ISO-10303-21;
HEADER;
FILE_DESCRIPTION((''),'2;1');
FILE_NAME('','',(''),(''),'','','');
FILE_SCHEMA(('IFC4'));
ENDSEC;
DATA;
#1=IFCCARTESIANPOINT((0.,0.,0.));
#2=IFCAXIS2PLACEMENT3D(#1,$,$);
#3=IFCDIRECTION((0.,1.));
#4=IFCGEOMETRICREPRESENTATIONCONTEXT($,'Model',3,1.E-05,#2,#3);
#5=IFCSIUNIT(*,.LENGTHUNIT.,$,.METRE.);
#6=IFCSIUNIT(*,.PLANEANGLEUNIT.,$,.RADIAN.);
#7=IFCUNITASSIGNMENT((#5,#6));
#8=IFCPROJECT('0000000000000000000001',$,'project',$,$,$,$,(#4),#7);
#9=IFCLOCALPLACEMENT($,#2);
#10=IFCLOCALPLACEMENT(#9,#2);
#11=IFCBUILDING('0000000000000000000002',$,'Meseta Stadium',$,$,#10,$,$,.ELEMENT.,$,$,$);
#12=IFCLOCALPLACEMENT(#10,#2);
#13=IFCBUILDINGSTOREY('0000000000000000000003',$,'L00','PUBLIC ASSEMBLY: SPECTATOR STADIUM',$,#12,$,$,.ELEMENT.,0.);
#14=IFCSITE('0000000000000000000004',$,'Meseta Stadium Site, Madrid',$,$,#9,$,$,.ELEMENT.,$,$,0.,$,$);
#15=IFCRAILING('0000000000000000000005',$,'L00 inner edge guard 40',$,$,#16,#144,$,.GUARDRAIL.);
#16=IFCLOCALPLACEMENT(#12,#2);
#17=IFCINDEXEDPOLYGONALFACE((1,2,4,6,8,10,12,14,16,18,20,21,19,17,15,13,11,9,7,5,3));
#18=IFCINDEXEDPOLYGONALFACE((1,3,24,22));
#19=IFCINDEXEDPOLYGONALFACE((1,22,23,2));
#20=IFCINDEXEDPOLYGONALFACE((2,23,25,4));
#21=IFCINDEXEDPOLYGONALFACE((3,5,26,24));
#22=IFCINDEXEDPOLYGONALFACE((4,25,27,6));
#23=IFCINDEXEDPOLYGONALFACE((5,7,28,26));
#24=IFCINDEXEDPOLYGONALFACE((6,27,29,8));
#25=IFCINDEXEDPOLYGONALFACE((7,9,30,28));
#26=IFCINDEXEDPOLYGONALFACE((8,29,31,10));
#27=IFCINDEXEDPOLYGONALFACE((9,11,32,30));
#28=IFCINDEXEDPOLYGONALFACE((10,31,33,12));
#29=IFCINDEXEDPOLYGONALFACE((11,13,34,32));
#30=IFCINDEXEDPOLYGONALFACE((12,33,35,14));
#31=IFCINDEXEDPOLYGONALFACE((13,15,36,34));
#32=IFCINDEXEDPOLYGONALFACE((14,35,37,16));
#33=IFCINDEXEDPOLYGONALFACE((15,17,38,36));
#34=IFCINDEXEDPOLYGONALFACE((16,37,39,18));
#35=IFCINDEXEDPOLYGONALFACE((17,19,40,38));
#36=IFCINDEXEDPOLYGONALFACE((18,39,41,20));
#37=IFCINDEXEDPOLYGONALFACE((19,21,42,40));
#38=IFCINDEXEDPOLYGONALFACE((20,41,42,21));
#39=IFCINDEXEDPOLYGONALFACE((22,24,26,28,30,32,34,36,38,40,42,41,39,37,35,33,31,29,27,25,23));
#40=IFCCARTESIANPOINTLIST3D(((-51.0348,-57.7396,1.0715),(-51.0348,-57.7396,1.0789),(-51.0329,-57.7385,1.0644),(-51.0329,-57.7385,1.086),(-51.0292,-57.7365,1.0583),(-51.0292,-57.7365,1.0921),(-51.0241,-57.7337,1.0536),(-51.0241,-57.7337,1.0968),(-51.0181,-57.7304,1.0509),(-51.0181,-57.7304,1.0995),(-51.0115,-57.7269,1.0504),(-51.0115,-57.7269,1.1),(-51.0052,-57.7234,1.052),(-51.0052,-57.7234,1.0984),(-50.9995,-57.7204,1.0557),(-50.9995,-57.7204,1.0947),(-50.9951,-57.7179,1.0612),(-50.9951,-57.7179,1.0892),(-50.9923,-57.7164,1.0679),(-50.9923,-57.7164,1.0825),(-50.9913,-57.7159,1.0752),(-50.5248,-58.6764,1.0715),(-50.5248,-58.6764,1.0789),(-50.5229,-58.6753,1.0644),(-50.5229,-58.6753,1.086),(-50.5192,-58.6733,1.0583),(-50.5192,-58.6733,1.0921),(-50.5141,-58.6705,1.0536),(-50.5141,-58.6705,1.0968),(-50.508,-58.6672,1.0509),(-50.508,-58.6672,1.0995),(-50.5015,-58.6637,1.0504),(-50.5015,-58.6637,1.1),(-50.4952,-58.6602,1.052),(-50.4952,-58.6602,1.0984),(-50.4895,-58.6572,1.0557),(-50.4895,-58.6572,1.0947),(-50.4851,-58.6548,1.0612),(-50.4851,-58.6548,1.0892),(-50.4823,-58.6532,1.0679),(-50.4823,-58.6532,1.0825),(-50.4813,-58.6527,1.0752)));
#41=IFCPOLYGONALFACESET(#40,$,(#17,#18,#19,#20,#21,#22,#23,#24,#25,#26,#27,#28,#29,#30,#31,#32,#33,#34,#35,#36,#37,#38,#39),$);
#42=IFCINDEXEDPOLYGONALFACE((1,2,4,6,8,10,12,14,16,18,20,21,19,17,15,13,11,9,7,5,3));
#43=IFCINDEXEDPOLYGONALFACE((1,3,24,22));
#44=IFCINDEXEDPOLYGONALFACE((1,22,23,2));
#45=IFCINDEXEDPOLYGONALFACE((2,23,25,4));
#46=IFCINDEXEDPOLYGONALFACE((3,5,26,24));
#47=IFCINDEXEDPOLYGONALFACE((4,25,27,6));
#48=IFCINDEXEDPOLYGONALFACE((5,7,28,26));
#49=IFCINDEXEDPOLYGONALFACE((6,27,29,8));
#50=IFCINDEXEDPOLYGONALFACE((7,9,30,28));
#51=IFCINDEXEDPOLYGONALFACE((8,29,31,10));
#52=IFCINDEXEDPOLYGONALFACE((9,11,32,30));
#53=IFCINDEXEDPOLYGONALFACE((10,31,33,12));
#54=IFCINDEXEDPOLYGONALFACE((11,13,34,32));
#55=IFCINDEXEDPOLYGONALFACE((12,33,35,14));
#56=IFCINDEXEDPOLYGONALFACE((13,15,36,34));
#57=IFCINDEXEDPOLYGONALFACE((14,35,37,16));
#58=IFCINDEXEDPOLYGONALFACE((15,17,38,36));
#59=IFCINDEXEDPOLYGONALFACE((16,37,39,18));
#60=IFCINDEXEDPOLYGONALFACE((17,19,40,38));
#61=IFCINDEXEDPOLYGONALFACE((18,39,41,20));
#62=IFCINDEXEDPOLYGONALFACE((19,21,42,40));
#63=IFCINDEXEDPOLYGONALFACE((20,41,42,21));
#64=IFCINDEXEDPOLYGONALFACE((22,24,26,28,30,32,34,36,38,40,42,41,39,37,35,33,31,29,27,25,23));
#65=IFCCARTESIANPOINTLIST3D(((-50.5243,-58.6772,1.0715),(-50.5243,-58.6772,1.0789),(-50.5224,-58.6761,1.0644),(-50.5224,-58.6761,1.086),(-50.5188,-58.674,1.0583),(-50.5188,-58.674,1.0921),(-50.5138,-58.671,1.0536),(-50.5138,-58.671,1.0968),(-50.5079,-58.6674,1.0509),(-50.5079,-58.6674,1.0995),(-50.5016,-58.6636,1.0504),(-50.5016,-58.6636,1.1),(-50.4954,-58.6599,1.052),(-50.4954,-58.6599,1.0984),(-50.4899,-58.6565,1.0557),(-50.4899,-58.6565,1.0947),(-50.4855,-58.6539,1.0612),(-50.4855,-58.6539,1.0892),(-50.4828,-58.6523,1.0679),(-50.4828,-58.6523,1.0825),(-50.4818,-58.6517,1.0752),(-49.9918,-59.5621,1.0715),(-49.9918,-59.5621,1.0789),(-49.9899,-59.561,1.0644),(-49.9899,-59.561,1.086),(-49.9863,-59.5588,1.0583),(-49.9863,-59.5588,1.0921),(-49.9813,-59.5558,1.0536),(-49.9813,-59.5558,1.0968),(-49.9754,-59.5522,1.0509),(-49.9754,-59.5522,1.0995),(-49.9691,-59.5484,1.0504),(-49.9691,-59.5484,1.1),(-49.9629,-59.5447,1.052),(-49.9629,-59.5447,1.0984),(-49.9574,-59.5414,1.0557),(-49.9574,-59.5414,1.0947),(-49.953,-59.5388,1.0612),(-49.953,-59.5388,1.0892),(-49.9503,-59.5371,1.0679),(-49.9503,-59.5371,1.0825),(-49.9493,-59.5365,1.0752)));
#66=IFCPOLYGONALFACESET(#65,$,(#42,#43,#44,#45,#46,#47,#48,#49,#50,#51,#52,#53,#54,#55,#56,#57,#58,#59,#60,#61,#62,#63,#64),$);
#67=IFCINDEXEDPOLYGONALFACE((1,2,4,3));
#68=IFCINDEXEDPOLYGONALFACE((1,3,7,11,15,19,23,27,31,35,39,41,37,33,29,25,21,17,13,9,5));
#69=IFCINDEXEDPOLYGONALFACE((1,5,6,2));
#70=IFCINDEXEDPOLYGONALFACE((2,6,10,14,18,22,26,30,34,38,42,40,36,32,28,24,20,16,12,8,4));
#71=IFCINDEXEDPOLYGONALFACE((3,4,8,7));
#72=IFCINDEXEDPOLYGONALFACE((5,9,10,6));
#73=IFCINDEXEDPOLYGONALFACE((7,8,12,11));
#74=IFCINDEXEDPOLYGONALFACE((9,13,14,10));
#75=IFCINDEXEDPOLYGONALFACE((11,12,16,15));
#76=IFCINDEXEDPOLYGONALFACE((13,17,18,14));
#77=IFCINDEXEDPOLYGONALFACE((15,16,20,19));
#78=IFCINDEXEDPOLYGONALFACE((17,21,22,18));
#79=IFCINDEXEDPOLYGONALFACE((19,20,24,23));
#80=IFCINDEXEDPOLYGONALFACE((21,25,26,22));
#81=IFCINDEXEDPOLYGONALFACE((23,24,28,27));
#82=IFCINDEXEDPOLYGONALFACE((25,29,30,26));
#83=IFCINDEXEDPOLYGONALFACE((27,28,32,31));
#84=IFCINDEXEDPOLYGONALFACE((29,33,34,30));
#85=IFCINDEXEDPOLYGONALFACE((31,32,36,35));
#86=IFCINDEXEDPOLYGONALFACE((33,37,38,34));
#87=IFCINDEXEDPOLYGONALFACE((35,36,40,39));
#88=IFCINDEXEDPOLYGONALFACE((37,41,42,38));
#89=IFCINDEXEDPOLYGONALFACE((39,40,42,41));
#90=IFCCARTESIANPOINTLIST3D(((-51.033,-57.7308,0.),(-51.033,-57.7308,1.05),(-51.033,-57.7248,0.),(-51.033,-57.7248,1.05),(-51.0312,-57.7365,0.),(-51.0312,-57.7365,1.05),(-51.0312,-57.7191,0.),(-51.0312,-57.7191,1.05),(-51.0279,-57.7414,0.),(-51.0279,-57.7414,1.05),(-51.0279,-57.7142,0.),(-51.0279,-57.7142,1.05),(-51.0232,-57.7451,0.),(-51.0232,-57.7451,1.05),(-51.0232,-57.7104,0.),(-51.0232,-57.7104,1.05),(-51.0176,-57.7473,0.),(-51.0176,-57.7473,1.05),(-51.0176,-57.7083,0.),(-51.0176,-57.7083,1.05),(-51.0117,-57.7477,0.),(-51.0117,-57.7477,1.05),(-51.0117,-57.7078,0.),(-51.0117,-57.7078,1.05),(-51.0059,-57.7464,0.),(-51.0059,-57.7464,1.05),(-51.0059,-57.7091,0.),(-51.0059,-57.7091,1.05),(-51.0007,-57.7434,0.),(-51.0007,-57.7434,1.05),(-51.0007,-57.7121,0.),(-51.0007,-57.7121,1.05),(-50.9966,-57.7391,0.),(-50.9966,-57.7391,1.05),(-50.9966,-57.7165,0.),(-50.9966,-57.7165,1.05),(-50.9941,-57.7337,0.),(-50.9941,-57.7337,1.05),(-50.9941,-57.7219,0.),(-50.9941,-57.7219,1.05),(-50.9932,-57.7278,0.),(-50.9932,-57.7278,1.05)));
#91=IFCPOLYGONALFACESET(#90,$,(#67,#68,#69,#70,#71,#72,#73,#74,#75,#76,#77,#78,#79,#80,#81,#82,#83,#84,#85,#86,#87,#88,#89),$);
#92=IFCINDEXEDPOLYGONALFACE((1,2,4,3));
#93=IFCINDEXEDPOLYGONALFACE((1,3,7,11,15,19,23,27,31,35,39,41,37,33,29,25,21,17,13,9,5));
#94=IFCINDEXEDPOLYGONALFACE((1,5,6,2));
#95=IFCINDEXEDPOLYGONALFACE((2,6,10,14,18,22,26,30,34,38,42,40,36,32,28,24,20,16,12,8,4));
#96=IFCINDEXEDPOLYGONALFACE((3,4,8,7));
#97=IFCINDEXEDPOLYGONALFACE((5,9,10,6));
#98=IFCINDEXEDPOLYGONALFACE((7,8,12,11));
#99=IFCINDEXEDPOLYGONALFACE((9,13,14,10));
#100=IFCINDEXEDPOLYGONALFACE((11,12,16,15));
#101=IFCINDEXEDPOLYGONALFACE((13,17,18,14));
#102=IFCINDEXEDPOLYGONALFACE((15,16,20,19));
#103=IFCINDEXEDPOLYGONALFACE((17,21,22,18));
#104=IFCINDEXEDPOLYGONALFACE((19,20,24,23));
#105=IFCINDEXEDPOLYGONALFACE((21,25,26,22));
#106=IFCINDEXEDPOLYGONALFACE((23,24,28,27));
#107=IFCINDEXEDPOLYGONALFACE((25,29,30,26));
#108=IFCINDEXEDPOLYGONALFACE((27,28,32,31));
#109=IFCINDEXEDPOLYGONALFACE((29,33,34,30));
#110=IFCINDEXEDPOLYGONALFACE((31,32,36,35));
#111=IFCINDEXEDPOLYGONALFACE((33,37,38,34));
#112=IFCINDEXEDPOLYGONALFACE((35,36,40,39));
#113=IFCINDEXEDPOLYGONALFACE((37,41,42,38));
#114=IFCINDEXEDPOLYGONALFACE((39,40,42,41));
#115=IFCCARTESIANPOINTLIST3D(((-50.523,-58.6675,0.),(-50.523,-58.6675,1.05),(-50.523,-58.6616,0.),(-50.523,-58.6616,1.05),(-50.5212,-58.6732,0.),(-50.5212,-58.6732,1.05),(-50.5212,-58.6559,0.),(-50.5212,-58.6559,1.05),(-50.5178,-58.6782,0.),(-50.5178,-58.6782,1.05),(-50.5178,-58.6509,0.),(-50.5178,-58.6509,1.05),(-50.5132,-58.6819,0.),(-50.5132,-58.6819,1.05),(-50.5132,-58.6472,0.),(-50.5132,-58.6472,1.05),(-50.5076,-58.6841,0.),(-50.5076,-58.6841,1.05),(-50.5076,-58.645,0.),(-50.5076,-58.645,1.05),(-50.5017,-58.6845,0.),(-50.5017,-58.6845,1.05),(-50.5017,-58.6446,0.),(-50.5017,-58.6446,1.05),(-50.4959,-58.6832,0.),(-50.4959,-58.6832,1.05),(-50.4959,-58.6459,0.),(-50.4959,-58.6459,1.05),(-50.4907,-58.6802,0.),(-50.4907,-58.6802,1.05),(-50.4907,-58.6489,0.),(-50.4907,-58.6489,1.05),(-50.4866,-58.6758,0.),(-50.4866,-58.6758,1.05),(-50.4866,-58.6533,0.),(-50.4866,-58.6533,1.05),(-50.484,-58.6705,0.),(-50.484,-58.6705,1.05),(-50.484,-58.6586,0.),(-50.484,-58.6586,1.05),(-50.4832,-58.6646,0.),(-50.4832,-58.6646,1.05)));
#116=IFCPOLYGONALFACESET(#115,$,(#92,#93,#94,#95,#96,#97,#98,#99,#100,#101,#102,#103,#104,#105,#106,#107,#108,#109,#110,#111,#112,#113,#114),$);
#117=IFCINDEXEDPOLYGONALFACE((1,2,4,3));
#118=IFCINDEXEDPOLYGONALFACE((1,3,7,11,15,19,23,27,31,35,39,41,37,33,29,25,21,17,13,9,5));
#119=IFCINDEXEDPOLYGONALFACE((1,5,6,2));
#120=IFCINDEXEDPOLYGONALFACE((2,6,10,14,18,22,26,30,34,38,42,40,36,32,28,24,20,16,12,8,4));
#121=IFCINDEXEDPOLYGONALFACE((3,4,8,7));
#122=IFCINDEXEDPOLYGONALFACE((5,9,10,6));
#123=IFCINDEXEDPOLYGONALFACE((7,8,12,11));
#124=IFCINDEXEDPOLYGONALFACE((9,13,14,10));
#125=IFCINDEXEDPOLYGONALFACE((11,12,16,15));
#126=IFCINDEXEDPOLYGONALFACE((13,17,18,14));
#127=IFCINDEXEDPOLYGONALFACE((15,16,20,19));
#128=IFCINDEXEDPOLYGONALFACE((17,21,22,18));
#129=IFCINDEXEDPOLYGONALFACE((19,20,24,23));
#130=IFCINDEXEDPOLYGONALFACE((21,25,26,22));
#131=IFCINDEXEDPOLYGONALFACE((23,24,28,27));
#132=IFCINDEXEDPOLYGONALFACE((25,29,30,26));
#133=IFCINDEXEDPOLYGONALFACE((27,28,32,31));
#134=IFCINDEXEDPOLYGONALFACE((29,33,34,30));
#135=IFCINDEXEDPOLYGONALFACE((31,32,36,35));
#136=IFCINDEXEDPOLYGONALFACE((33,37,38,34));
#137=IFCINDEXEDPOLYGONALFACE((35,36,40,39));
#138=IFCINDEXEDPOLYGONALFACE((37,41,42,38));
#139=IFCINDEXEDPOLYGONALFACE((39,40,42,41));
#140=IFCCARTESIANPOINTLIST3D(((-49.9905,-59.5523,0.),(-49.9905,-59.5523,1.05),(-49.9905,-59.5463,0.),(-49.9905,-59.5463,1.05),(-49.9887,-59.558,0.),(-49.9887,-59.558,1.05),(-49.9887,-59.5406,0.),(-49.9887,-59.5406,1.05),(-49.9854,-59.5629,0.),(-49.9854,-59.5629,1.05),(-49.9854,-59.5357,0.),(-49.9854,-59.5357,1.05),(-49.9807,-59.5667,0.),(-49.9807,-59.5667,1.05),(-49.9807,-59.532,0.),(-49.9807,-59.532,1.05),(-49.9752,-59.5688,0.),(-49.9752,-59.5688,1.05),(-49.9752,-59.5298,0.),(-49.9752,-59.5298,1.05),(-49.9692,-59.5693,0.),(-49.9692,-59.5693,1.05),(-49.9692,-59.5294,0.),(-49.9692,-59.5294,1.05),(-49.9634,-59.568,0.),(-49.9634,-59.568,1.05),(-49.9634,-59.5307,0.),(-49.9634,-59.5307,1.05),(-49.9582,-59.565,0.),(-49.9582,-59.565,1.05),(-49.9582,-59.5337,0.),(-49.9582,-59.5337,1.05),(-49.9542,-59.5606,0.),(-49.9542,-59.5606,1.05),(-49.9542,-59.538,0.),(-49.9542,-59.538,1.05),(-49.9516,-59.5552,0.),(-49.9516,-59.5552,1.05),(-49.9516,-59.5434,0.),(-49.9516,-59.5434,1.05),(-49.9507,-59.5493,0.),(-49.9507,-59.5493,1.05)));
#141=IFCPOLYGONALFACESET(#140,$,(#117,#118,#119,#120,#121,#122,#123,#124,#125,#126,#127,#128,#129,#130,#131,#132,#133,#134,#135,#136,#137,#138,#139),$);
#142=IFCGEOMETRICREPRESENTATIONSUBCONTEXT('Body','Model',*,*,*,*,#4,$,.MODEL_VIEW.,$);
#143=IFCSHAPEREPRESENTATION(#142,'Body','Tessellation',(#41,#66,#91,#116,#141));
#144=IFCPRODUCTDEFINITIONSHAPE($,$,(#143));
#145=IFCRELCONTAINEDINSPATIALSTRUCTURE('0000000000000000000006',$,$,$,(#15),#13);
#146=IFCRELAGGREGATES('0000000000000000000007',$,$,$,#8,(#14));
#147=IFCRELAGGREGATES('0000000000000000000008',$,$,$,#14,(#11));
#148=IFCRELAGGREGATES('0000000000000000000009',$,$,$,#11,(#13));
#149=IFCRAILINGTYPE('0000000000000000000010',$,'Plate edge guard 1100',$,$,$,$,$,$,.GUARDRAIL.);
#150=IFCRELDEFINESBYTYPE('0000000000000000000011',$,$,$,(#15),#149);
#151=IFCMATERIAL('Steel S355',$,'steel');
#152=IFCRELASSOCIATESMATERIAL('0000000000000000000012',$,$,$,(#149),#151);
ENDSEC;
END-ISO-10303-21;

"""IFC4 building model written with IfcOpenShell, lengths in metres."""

from ifc_helpers import new_model, si_unit, direction, frame, origin, origin_2d, place, context, subcontext, project, spatial, circle, extrude, material, type_object, element, save


model = new_model("IFC4")

# Units and contexts
model_context = context("Model", 3, precision=1e-05, world=origin(), true_north=direction((0.0, 1.0)))
body_context = subcontext(model_context, "Body", "Model", "MODEL_VIEW")
ifc_project = project(units=[si_unit("LENGTHUNIT", "METRE"), si_unit("PLANEANGLEUNIT", "RADIAN")], contexts=[model_context])

# Site, building, storey
site_placement = place(None, origin())
site = spatial("IfcSite", under=ifc_project, at=site_placement, Name="Meseta Stadium Site, Madrid", CompositionType="ELEMENT", RefElevation=0.0)
building_placement = place(site_placement, origin())
building = spatial("IfcBuilding", under=site, at=building_placement, Name="Meseta Stadium", CompositionType="ELEMENT")
storey_placement = place(building_placement, origin())
storey = spatial("IfcBuildingStorey", under=building, at=storey_placement, Name="L00", Description="PUBLIC ASSEMBLY: SPECTATOR STADIUM", CompositionType="ELEMENT", Elevation=0.0)

# Railing
ifc_material_1 = material(Name="Steel S355", Category="steel")
railing_type_1 = type_object("IfcRailingType", Name="Plate edge guard 1100", PredefinedType="GUARDRAIL", material=ifc_material_1)
railing_1_placement = place(storey_placement, frame((-51.0132, -57.7278, 0.0)))
element("IfcRailing", 1, at=railing_1_placement, inside=storey, type_object=railing_type_1, Name="L00 inner edge guard 40", PredefinedType="GUARDRAIL", context=body_context, shape_type="SweptSolid", body=[
    extrude(circle(Radius=0.0249, at=origin_2d()), frame((0.0, 0.0, 1.0752), z_axis=(0.478162, -0.878271, 0.0), x_axis=(0.878271, 0.478162, 0.0)), (0.0, 0.0, 1.0), 1.0667),
    extrude(circle(Radius=0.0249, at=origin_2d()), frame((0.51, -0.9368, 1.0752), z_axis=(0.515643, -0.856804, 0.0), x_axis=(0.856804, 0.515643, 0.0)), (0.0, 0.0, 1.0), 1.0327),
    extrude(circle(Radius=0.02, at=origin_2d()), origin(), (0.0, 0.0, 1.0), 1.05),
    extrude(circle(Radius=0.02, at=origin_2d()), frame((0.51, -0.9368, 0.0)), (0.0, 0.0, 1.0), 1.05),
    extrude(circle(Radius=0.02, at=origin_2d()), frame((1.0425, -1.8215, 0.0)), (0.0, 0.0, 1.0), 1.05),
])

save(model, "model.ifc")
